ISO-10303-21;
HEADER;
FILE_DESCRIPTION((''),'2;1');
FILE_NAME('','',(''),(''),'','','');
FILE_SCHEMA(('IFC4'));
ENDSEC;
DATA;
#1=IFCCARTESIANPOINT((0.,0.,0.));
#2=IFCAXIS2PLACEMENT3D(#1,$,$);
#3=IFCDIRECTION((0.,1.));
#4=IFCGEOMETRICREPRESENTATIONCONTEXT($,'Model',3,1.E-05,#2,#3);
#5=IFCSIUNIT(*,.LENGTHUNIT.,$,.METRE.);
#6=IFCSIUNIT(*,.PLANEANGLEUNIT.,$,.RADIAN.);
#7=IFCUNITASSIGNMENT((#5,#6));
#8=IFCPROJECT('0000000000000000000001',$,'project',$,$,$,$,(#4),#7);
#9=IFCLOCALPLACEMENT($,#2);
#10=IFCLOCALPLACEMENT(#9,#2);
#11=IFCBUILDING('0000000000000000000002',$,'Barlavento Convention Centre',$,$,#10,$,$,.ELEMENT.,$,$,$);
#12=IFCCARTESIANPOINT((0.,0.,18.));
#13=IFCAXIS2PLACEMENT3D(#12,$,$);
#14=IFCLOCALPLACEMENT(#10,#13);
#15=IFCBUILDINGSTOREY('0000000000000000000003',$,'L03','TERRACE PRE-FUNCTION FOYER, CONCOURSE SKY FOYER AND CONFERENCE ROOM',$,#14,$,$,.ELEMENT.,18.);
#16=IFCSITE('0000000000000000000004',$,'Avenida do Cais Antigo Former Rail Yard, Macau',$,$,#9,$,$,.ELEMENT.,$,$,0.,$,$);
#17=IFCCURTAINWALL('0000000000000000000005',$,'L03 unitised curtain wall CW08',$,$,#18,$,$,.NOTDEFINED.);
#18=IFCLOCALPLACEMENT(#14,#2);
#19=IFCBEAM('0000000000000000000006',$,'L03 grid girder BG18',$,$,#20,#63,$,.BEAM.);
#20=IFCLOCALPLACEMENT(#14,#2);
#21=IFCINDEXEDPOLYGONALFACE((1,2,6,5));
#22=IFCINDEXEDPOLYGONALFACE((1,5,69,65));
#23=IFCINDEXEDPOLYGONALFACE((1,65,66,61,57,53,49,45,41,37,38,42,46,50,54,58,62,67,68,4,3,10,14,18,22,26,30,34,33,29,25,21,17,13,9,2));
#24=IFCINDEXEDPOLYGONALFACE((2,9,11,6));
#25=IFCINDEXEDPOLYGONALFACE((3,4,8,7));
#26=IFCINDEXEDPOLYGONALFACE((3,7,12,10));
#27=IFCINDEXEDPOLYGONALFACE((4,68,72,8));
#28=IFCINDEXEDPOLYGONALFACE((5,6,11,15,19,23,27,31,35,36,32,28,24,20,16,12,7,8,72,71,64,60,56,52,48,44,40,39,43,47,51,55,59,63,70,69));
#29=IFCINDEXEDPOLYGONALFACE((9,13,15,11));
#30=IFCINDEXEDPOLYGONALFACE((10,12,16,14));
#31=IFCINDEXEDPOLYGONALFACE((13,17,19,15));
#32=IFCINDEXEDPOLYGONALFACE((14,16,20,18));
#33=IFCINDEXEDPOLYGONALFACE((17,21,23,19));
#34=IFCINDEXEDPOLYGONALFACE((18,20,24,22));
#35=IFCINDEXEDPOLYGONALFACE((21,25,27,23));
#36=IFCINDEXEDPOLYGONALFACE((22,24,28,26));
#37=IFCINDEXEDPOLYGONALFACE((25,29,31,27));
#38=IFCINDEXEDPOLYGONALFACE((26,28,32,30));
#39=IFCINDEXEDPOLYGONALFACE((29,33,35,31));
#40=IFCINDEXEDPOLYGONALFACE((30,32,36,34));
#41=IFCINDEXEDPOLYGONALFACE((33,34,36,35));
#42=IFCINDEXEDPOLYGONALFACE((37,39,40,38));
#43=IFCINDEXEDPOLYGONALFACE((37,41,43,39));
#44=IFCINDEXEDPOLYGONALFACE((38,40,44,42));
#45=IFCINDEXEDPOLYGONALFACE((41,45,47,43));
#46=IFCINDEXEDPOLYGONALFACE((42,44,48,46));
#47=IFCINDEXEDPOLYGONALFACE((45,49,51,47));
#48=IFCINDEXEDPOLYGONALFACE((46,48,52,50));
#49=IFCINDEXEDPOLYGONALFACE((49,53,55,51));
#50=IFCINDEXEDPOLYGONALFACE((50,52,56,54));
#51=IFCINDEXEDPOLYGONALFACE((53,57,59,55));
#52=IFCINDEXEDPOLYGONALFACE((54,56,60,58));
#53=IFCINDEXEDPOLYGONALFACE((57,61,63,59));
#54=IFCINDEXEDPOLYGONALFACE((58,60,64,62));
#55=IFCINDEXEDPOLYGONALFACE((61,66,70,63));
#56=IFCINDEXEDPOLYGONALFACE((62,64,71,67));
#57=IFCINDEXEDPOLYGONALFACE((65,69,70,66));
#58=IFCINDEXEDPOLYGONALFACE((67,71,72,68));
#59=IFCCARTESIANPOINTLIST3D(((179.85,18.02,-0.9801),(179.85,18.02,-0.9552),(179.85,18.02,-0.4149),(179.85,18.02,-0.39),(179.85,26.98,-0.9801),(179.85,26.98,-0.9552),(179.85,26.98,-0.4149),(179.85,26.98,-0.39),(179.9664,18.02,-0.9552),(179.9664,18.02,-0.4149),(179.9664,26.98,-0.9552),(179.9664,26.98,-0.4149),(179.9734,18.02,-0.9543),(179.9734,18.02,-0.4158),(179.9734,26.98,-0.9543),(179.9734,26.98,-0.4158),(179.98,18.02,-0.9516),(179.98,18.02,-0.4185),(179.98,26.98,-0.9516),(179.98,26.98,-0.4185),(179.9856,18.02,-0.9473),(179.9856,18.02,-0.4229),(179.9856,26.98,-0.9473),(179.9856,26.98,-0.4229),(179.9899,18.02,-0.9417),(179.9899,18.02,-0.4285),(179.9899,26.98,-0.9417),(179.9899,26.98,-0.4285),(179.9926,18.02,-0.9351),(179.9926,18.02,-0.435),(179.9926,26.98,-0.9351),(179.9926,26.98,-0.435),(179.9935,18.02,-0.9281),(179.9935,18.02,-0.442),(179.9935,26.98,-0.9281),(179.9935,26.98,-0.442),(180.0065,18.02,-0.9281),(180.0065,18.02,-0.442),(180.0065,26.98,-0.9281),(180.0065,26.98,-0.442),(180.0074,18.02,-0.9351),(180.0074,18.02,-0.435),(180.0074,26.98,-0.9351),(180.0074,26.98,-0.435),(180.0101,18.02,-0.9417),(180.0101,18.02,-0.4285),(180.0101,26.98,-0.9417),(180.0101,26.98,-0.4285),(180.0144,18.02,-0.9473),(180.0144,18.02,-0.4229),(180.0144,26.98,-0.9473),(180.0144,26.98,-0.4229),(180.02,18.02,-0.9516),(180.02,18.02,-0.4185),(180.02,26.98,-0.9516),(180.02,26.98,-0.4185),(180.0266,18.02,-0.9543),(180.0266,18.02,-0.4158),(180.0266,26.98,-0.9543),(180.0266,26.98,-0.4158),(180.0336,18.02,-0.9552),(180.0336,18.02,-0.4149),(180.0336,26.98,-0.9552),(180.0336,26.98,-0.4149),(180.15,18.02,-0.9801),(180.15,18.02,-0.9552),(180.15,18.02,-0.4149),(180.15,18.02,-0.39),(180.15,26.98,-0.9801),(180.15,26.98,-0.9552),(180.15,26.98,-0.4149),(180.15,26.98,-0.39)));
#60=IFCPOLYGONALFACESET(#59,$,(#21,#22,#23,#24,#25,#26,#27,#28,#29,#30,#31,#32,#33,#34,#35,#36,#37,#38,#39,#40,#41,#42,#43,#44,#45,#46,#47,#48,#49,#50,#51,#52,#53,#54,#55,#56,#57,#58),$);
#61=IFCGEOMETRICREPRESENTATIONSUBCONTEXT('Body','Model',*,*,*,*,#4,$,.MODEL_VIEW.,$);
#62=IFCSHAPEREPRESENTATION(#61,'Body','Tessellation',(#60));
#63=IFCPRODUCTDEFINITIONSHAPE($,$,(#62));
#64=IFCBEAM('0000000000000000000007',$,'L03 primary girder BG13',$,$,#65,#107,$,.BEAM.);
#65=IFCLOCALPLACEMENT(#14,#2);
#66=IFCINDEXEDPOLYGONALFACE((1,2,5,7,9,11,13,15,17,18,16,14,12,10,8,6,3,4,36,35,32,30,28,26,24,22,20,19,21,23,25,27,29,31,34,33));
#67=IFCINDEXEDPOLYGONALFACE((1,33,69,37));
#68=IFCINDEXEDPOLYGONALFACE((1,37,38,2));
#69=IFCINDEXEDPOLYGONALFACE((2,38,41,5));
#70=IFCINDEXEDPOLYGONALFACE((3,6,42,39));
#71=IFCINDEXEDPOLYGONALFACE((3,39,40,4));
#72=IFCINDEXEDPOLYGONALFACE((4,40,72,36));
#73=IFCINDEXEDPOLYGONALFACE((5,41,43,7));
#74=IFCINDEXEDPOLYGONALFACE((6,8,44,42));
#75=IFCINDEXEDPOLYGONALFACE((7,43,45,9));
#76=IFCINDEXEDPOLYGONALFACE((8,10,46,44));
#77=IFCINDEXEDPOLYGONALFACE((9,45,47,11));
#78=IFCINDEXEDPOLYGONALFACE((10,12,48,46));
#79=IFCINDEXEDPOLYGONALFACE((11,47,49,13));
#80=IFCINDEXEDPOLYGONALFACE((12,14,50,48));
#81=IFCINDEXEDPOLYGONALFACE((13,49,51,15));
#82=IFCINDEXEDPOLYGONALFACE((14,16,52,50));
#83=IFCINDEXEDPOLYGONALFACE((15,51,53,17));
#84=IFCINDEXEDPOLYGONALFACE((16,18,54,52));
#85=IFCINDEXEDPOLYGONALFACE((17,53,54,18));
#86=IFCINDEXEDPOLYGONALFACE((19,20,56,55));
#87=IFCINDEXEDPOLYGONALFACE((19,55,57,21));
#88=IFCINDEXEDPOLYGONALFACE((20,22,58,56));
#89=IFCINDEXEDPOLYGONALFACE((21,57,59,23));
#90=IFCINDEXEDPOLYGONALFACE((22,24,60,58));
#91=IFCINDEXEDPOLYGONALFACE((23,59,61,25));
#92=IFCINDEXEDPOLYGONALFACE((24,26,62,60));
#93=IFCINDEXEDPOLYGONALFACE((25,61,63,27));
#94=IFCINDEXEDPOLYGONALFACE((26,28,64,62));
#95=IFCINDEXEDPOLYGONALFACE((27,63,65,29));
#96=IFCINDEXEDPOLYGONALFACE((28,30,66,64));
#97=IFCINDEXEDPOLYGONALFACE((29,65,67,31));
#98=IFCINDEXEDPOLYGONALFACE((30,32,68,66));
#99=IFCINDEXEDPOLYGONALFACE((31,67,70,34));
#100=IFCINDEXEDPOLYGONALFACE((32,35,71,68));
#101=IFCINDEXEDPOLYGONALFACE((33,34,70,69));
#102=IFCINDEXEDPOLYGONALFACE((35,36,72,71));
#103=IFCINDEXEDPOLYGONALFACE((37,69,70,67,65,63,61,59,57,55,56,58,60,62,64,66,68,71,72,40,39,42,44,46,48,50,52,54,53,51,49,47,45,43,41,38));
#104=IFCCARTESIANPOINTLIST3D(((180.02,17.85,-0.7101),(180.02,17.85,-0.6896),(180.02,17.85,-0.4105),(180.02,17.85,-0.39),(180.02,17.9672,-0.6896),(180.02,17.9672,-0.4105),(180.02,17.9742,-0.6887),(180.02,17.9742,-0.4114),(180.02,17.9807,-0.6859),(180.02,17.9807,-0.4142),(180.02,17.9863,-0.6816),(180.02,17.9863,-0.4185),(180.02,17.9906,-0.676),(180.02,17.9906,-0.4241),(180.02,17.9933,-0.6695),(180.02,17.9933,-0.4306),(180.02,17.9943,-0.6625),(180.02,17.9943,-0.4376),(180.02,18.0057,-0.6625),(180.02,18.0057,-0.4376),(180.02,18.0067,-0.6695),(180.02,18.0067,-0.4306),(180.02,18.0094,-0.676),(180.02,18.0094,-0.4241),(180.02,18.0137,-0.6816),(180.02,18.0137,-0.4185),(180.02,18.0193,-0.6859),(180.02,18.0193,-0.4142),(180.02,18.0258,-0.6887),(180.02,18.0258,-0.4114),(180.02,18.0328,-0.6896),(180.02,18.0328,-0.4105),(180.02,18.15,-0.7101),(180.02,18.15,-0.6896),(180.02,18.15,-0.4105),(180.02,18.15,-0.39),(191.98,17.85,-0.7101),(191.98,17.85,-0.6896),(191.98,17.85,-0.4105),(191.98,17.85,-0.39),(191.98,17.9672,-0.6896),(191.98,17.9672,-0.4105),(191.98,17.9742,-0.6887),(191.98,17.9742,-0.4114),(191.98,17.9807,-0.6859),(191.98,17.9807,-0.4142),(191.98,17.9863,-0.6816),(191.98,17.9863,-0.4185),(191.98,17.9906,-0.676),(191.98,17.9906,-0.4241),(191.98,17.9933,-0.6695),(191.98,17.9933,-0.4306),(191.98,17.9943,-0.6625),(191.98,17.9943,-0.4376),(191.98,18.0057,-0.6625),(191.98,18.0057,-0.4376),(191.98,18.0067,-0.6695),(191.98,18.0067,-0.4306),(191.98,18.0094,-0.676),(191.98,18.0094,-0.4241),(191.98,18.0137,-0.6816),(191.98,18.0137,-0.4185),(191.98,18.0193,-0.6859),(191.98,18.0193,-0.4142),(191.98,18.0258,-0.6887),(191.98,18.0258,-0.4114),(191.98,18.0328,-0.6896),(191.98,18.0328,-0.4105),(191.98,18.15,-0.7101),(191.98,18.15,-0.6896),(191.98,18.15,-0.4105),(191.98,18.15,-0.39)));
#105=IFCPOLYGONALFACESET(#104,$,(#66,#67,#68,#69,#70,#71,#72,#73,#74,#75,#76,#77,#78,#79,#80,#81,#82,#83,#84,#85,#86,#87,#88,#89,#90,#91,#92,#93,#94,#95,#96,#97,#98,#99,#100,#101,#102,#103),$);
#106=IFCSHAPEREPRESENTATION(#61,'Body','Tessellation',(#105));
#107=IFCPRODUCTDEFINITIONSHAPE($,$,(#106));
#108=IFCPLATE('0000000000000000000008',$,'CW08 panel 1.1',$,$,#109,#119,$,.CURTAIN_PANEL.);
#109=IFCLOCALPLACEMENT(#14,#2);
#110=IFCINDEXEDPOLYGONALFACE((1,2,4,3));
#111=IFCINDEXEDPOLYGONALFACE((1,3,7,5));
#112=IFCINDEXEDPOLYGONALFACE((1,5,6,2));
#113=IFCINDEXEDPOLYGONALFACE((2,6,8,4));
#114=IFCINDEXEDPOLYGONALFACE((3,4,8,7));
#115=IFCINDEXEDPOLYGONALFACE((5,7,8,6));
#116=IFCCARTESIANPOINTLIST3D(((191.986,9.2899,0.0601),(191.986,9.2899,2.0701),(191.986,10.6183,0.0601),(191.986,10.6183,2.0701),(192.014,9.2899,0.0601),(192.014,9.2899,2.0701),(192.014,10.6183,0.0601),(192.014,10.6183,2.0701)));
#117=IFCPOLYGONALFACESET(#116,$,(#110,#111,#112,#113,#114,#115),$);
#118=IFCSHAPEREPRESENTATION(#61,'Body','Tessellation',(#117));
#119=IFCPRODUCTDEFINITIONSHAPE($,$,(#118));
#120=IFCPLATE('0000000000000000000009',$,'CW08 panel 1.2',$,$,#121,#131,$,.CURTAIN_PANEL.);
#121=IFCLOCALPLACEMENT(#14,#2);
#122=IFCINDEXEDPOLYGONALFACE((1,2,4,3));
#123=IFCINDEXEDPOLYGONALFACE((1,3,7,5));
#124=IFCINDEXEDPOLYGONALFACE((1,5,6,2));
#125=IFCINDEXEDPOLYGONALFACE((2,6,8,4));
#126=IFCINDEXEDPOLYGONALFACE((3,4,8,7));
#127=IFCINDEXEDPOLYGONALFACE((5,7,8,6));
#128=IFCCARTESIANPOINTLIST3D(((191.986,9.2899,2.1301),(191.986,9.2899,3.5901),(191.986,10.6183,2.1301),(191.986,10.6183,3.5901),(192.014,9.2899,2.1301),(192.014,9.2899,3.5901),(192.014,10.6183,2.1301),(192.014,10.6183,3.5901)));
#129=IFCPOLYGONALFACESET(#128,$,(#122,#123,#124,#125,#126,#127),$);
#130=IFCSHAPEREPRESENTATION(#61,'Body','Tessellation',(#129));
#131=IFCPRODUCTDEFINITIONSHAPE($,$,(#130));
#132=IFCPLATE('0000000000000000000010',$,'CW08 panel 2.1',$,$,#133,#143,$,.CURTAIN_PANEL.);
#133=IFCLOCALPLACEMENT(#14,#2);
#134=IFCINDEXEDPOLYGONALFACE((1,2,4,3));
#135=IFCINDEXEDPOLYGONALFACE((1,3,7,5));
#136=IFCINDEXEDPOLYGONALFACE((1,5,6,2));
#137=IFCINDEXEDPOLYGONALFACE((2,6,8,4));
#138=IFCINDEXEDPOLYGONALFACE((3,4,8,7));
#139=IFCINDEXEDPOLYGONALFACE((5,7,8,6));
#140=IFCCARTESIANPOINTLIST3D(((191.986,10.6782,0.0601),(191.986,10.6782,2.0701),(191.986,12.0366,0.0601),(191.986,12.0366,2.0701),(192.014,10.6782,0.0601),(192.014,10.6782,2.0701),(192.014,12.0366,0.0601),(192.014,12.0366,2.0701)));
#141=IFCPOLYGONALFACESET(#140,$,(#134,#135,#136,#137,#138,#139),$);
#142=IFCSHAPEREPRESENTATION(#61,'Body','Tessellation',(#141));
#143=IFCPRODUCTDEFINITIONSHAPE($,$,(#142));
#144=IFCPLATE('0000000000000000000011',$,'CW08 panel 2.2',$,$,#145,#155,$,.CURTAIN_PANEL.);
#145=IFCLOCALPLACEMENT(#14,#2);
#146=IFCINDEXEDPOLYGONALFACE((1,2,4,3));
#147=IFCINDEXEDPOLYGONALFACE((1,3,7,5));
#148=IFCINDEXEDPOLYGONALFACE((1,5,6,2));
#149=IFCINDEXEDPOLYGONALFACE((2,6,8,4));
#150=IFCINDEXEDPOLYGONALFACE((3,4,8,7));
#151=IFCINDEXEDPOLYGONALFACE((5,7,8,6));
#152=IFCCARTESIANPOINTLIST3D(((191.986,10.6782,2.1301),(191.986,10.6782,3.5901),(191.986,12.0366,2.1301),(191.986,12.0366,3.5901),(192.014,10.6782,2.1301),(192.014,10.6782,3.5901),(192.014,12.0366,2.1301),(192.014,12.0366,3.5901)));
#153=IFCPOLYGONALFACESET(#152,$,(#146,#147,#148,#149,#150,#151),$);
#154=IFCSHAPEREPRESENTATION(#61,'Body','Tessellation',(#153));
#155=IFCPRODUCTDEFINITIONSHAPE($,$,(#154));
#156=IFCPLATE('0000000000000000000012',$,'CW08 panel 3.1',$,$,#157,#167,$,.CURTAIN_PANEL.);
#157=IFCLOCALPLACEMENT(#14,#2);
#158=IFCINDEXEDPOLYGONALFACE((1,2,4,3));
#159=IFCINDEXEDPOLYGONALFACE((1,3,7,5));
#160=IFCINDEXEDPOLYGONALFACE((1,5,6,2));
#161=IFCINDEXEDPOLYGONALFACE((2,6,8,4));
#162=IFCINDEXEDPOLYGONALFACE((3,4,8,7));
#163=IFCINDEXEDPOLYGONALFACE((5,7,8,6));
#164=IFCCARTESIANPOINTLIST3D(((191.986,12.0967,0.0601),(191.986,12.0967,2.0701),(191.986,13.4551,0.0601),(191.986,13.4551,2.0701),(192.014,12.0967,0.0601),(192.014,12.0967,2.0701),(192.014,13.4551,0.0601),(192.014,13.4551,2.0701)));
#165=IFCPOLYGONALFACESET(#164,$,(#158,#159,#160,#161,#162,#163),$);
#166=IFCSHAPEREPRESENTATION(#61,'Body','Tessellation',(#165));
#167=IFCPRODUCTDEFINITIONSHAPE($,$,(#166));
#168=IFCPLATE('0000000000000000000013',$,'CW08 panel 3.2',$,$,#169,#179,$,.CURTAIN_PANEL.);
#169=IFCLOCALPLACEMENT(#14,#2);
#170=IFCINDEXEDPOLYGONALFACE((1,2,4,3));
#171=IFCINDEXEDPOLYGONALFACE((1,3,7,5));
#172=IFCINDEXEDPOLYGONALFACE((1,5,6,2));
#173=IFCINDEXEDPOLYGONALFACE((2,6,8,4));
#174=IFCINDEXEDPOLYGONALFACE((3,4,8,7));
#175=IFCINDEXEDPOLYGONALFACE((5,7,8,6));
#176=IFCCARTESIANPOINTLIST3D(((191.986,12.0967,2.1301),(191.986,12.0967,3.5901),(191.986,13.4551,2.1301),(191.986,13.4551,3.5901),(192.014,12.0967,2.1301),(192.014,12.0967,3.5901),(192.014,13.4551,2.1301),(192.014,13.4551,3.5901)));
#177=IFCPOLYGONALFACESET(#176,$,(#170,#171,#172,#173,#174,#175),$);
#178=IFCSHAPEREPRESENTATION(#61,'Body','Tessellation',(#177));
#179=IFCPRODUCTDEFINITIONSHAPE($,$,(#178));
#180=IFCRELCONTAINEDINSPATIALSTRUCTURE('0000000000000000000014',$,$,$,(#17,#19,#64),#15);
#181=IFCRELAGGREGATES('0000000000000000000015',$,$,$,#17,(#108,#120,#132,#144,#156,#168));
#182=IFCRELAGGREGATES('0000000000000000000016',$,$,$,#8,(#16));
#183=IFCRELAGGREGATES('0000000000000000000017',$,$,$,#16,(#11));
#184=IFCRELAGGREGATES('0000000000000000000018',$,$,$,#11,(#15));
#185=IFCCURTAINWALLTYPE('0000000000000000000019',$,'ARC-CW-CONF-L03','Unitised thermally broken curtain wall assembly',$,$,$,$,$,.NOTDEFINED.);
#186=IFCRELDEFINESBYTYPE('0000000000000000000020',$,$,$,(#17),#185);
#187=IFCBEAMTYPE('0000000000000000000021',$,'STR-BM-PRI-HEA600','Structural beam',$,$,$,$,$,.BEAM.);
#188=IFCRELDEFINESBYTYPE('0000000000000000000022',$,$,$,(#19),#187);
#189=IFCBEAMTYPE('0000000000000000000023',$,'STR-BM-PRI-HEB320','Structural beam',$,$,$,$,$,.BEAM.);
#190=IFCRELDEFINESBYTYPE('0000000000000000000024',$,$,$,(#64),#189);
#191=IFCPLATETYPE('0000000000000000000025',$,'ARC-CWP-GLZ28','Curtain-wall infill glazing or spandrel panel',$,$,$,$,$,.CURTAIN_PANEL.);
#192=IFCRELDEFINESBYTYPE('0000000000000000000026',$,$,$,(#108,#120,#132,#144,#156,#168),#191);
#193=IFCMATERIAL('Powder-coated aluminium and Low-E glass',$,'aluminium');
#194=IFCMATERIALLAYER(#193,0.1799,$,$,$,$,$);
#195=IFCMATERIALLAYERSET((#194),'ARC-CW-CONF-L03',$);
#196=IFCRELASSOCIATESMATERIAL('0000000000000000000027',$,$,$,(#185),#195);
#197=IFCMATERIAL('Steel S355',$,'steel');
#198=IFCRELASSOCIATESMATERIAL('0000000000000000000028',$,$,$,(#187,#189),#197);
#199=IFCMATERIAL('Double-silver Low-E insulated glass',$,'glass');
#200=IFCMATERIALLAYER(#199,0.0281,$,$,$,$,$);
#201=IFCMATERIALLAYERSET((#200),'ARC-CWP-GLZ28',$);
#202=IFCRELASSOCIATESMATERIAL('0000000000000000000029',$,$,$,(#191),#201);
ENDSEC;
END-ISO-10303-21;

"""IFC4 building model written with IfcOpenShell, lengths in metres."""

from ifc_helpers import new_model, si_unit, direction, frame, origin, origin_2d, place, context, subcontext, project, spatial, rectangle, i_section, extrude, material, layer, layer_set, material_profile, profile_set, type_object, element, aggregate, save


model = new_model("IFC4")

# Units and contexts
model_context = context("Model", 3, precision=1e-05, world=origin(), true_north=direction((0.0, 1.0)))
body_context = subcontext(model_context, "Body", "Model", "MODEL_VIEW")
ifc_project = project(units=[si_unit("LENGTHUNIT", "METRE"), si_unit("PLANEANGLEUNIT", "RADIAN")], contexts=[model_context])

# Site, building, storey
site_placement = place(None, origin())
site = spatial("IfcSite", under=ifc_project, at=site_placement, Name="Avenida do Cais Antigo Former Rail Yard, Macau", CompositionType="ELEMENT", RefElevation=0.0)
building_placement = place(site_placement, origin())
building = spatial("IfcBuilding", under=site, at=building_placement, Name="Barlavento Convention Centre", CompositionType="ELEMENT")
storey_placement = place(building_placement, frame((0.0, 0.0, 18.0)))
storey = spatial("IfcBuildingStorey", under=building, at=storey_placement, Name="L03", Description="TERRACE PRE-FUNCTION FOYER, CONCOURSE SKY FOYER AND CONFERENCE ROOM", CompositionType="ELEMENT", Elevation=18.0)

# Shared definitions
ifc_material_1 = material(Name="Steel S355", Category="steel")

# Curtain wall
ifc_material_2 = material(Name="Powder-coated aluminium and Low-E glass", Category="aluminium")
ifc_layer_1 = layer(ifc_material_2, 0.1799)
ifc_layer_set_1 = layer_set([ifc_layer_1], Name="ARC-CW-CONF-L03")
curtain_wall_type = type_object("IfcCurtainWallType", Name="ARC-CW-CONF-L03", Description="Unitised thermally broken curtain wall assembly", PredefinedType="NOTDEFINED", material=ifc_layer_set_1)
curtain_wall_placement = place(storey_placement, origin())
curtain_wall = element("IfcCurtainWall", 1, at=curtain_wall_placement, inside=storey, type_object=curtain_wall_type, Name="L03 unitised curtain wall CW08", PredefinedType="NOTDEFINED")

# Beams
ifc_material_profile_1 = material_profile(ifc_material_1, i_section(OverallWidth=0.3, OverallDepth=0.5901, WebThickness=0.0129, FlangeThickness=0.0249, FilletRadius=0.0271, at=origin_2d()), Name="HEA 600")
ifc_profile_set_1 = profile_set([ifc_material_profile_1], Name="Steel S355")
beam_type_1 = type_object("IfcBeamType", Name="STR-BM-PRI-HEA600", Description="Structural beam", PredefinedType="BEAM", material=ifc_profile_set_1)
beam_1_placement = place(storey_placement, frame((180.0, 18.02, -0.6851), z_axis=(0.0, 1.0, 0.0), x_axis=(-1.0, 0.0, 0.0)))
element("IfcBeam", 2, at=beam_1_placement, inside=storey, type_object=beam_type_1, Name="L03 grid girder BG18", PredefinedType="BEAM", context=body_context, shape_type="SweptSolid", body=[
    extrude(i_section(OverallWidth=0.3, OverallDepth=0.5901, WebThickness=0.0129, FlangeThickness=0.0249, FilletRadius=0.0271, at=origin_2d()), origin(), (0.0, 0.0, 1.0), 8.96),
])
ifc_material_profile_2 = material_profile(ifc_material_1, i_section(OverallWidth=0.3, OverallDepth=0.3201, WebThickness=0.0115, FlangeThickness=0.0205, FilletRadius=0.0271, at=origin_2d()), Name="HEB 320")
ifc_profile_set_2 = profile_set([ifc_material_profile_2], Name="Steel S355")
beam_type_2 = type_object("IfcBeamType", Name="STR-BM-PRI-HEB320", Description="Structural beam", PredefinedType="BEAM", material=ifc_profile_set_2)
beam_2_placement = place(storey_placement, frame((180.02, 18.0, -0.55), z_axis=(1.0, 0.0, 0.0), x_axis=(0.0, 1.0, 0.0)))
element("IfcBeam", 3, at=beam_2_placement, inside=storey, type_object=beam_type_2, Name="L03 primary girder BG13", PredefinedType="BEAM", context=body_context, shape_type="SweptSolid", body=[
    extrude(i_section(OverallWidth=0.3, OverallDepth=0.3201, WebThickness=0.0115, FlangeThickness=0.0205, FilletRadius=0.0271, at=origin_2d()), origin(), (0.0, 0.0, 1.0), 11.96),
])

# Plates
ifc_material_3 = material(Name="Double-silver Low-E insulated glass", Category="glass")
ifc_layer_2 = layer(ifc_material_3, 0.0281)
ifc_layer_set_2 = layer_set([ifc_layer_2], Name="ARC-CWP-GLZ28")
plate_type = type_object("IfcPlateType", Name="ARC-CWP-GLZ28", Description="Curtain-wall infill glazing or spandrel panel", PredefinedType="CURTAIN_PANEL", material=ifc_layer_set_2)
plate_1_placement = place(storey_placement, frame((192.0, 9.9541, 0.0601), z_axis=(0.0, 0.0, 1.0), x_axis=(0.0, 1.0, 0.0)))
plate_1 = element("IfcPlate", 4, at=plate_1_placement, type_object=plate_type, Name="CW08 panel 1.1", PredefinedType="CURTAIN_PANEL", context=body_context, shape_type="SweptSolid", body=[
    extrude(rectangle(XDim=1.3284, YDim=0.0281, at=origin_2d()), origin(), (0.0, 0.0, 1.0), 2.01),
])
plate_2_placement = place(storey_placement, frame((192.0, 9.9541, 2.1301), z_axis=(0.0, 0.0, 1.0), x_axis=(0.0, 1.0, 0.0)))
plate_2 = element("IfcPlate", 5, at=plate_2_placement, type_object=plate_type, Name="CW08 panel 1.2", PredefinedType="CURTAIN_PANEL", context=body_context, shape_type="SweptSolid", body=[
    extrude(rectangle(XDim=1.3284, YDim=0.0281, at=origin_2d()), origin(), (0.0, 0.0, 1.0), 1.46),
])
plate_3_placement = place(storey_placement, frame((192.0, 11.3574, 0.0601), z_axis=(0.0, 0.0, 1.0), x_axis=(0.0, 1.0, 0.0)))
plate_3 = element("IfcPlate", 6, at=plate_3_placement, type_object=plate_type, Name="CW08 panel 2.1", PredefinedType="CURTAIN_PANEL", context=body_context, shape_type="SweptSolid", body=[
    extrude(rectangle(XDim=1.3584, YDim=0.0281, at=origin_2d()), origin(), (0.0, 0.0, 1.0), 2.01),
])
plate_4_placement = place(storey_placement, frame((192.0, 11.3574, 2.1301), z_axis=(0.0, 0.0, 1.0), x_axis=(0.0, 1.0, 0.0)))
plate_4 = element("IfcPlate", 7, at=plate_4_placement, type_object=plate_type, Name="CW08 panel 2.2", PredefinedType="CURTAIN_PANEL", context=body_context, shape_type="SweptSolid", body=[
    extrude(rectangle(XDim=1.3584, YDim=0.0281, at=origin_2d()), origin(), (0.0, 0.0, 1.0), 1.46),
])
plate_5_placement = place(storey_placement, frame((192.0, 12.7759, 0.0601), z_axis=(0.0, 0.0, 1.0), x_axis=(0.0, 1.0, 0.0)))
plate_5 = element("IfcPlate", 8, at=plate_5_placement, type_object=plate_type, Name="CW08 panel 3.1", PredefinedType="CURTAIN_PANEL", context=body_context, shape_type="SweptSolid", body=[
    extrude(rectangle(XDim=1.3584, YDim=0.0281, at=origin_2d()), origin(), (0.0, 0.0, 1.0), 2.01),
])
plate_6_placement = place(storey_placement, frame((192.0, 12.7759, 2.1301), z_axis=(0.0, 0.0, 1.0), x_axis=(0.0, 1.0, 0.0)))
plate_6 = element("IfcPlate", 9, at=plate_6_placement, type_object=plate_type, Name="CW08 panel 3.2", PredefinedType="CURTAIN_PANEL", context=body_context, shape_type="SweptSolid", body=[
    extrude(rectangle(XDim=1.3584, YDim=0.0281, at=origin_2d()), origin(), (0.0, 0.0, 1.0), 1.46),
])
aggregate(curtain_wall, [plate_1, plate_2, plate_3, plate_4, plate_5, plate_6])

save(model, "model.ifc")
